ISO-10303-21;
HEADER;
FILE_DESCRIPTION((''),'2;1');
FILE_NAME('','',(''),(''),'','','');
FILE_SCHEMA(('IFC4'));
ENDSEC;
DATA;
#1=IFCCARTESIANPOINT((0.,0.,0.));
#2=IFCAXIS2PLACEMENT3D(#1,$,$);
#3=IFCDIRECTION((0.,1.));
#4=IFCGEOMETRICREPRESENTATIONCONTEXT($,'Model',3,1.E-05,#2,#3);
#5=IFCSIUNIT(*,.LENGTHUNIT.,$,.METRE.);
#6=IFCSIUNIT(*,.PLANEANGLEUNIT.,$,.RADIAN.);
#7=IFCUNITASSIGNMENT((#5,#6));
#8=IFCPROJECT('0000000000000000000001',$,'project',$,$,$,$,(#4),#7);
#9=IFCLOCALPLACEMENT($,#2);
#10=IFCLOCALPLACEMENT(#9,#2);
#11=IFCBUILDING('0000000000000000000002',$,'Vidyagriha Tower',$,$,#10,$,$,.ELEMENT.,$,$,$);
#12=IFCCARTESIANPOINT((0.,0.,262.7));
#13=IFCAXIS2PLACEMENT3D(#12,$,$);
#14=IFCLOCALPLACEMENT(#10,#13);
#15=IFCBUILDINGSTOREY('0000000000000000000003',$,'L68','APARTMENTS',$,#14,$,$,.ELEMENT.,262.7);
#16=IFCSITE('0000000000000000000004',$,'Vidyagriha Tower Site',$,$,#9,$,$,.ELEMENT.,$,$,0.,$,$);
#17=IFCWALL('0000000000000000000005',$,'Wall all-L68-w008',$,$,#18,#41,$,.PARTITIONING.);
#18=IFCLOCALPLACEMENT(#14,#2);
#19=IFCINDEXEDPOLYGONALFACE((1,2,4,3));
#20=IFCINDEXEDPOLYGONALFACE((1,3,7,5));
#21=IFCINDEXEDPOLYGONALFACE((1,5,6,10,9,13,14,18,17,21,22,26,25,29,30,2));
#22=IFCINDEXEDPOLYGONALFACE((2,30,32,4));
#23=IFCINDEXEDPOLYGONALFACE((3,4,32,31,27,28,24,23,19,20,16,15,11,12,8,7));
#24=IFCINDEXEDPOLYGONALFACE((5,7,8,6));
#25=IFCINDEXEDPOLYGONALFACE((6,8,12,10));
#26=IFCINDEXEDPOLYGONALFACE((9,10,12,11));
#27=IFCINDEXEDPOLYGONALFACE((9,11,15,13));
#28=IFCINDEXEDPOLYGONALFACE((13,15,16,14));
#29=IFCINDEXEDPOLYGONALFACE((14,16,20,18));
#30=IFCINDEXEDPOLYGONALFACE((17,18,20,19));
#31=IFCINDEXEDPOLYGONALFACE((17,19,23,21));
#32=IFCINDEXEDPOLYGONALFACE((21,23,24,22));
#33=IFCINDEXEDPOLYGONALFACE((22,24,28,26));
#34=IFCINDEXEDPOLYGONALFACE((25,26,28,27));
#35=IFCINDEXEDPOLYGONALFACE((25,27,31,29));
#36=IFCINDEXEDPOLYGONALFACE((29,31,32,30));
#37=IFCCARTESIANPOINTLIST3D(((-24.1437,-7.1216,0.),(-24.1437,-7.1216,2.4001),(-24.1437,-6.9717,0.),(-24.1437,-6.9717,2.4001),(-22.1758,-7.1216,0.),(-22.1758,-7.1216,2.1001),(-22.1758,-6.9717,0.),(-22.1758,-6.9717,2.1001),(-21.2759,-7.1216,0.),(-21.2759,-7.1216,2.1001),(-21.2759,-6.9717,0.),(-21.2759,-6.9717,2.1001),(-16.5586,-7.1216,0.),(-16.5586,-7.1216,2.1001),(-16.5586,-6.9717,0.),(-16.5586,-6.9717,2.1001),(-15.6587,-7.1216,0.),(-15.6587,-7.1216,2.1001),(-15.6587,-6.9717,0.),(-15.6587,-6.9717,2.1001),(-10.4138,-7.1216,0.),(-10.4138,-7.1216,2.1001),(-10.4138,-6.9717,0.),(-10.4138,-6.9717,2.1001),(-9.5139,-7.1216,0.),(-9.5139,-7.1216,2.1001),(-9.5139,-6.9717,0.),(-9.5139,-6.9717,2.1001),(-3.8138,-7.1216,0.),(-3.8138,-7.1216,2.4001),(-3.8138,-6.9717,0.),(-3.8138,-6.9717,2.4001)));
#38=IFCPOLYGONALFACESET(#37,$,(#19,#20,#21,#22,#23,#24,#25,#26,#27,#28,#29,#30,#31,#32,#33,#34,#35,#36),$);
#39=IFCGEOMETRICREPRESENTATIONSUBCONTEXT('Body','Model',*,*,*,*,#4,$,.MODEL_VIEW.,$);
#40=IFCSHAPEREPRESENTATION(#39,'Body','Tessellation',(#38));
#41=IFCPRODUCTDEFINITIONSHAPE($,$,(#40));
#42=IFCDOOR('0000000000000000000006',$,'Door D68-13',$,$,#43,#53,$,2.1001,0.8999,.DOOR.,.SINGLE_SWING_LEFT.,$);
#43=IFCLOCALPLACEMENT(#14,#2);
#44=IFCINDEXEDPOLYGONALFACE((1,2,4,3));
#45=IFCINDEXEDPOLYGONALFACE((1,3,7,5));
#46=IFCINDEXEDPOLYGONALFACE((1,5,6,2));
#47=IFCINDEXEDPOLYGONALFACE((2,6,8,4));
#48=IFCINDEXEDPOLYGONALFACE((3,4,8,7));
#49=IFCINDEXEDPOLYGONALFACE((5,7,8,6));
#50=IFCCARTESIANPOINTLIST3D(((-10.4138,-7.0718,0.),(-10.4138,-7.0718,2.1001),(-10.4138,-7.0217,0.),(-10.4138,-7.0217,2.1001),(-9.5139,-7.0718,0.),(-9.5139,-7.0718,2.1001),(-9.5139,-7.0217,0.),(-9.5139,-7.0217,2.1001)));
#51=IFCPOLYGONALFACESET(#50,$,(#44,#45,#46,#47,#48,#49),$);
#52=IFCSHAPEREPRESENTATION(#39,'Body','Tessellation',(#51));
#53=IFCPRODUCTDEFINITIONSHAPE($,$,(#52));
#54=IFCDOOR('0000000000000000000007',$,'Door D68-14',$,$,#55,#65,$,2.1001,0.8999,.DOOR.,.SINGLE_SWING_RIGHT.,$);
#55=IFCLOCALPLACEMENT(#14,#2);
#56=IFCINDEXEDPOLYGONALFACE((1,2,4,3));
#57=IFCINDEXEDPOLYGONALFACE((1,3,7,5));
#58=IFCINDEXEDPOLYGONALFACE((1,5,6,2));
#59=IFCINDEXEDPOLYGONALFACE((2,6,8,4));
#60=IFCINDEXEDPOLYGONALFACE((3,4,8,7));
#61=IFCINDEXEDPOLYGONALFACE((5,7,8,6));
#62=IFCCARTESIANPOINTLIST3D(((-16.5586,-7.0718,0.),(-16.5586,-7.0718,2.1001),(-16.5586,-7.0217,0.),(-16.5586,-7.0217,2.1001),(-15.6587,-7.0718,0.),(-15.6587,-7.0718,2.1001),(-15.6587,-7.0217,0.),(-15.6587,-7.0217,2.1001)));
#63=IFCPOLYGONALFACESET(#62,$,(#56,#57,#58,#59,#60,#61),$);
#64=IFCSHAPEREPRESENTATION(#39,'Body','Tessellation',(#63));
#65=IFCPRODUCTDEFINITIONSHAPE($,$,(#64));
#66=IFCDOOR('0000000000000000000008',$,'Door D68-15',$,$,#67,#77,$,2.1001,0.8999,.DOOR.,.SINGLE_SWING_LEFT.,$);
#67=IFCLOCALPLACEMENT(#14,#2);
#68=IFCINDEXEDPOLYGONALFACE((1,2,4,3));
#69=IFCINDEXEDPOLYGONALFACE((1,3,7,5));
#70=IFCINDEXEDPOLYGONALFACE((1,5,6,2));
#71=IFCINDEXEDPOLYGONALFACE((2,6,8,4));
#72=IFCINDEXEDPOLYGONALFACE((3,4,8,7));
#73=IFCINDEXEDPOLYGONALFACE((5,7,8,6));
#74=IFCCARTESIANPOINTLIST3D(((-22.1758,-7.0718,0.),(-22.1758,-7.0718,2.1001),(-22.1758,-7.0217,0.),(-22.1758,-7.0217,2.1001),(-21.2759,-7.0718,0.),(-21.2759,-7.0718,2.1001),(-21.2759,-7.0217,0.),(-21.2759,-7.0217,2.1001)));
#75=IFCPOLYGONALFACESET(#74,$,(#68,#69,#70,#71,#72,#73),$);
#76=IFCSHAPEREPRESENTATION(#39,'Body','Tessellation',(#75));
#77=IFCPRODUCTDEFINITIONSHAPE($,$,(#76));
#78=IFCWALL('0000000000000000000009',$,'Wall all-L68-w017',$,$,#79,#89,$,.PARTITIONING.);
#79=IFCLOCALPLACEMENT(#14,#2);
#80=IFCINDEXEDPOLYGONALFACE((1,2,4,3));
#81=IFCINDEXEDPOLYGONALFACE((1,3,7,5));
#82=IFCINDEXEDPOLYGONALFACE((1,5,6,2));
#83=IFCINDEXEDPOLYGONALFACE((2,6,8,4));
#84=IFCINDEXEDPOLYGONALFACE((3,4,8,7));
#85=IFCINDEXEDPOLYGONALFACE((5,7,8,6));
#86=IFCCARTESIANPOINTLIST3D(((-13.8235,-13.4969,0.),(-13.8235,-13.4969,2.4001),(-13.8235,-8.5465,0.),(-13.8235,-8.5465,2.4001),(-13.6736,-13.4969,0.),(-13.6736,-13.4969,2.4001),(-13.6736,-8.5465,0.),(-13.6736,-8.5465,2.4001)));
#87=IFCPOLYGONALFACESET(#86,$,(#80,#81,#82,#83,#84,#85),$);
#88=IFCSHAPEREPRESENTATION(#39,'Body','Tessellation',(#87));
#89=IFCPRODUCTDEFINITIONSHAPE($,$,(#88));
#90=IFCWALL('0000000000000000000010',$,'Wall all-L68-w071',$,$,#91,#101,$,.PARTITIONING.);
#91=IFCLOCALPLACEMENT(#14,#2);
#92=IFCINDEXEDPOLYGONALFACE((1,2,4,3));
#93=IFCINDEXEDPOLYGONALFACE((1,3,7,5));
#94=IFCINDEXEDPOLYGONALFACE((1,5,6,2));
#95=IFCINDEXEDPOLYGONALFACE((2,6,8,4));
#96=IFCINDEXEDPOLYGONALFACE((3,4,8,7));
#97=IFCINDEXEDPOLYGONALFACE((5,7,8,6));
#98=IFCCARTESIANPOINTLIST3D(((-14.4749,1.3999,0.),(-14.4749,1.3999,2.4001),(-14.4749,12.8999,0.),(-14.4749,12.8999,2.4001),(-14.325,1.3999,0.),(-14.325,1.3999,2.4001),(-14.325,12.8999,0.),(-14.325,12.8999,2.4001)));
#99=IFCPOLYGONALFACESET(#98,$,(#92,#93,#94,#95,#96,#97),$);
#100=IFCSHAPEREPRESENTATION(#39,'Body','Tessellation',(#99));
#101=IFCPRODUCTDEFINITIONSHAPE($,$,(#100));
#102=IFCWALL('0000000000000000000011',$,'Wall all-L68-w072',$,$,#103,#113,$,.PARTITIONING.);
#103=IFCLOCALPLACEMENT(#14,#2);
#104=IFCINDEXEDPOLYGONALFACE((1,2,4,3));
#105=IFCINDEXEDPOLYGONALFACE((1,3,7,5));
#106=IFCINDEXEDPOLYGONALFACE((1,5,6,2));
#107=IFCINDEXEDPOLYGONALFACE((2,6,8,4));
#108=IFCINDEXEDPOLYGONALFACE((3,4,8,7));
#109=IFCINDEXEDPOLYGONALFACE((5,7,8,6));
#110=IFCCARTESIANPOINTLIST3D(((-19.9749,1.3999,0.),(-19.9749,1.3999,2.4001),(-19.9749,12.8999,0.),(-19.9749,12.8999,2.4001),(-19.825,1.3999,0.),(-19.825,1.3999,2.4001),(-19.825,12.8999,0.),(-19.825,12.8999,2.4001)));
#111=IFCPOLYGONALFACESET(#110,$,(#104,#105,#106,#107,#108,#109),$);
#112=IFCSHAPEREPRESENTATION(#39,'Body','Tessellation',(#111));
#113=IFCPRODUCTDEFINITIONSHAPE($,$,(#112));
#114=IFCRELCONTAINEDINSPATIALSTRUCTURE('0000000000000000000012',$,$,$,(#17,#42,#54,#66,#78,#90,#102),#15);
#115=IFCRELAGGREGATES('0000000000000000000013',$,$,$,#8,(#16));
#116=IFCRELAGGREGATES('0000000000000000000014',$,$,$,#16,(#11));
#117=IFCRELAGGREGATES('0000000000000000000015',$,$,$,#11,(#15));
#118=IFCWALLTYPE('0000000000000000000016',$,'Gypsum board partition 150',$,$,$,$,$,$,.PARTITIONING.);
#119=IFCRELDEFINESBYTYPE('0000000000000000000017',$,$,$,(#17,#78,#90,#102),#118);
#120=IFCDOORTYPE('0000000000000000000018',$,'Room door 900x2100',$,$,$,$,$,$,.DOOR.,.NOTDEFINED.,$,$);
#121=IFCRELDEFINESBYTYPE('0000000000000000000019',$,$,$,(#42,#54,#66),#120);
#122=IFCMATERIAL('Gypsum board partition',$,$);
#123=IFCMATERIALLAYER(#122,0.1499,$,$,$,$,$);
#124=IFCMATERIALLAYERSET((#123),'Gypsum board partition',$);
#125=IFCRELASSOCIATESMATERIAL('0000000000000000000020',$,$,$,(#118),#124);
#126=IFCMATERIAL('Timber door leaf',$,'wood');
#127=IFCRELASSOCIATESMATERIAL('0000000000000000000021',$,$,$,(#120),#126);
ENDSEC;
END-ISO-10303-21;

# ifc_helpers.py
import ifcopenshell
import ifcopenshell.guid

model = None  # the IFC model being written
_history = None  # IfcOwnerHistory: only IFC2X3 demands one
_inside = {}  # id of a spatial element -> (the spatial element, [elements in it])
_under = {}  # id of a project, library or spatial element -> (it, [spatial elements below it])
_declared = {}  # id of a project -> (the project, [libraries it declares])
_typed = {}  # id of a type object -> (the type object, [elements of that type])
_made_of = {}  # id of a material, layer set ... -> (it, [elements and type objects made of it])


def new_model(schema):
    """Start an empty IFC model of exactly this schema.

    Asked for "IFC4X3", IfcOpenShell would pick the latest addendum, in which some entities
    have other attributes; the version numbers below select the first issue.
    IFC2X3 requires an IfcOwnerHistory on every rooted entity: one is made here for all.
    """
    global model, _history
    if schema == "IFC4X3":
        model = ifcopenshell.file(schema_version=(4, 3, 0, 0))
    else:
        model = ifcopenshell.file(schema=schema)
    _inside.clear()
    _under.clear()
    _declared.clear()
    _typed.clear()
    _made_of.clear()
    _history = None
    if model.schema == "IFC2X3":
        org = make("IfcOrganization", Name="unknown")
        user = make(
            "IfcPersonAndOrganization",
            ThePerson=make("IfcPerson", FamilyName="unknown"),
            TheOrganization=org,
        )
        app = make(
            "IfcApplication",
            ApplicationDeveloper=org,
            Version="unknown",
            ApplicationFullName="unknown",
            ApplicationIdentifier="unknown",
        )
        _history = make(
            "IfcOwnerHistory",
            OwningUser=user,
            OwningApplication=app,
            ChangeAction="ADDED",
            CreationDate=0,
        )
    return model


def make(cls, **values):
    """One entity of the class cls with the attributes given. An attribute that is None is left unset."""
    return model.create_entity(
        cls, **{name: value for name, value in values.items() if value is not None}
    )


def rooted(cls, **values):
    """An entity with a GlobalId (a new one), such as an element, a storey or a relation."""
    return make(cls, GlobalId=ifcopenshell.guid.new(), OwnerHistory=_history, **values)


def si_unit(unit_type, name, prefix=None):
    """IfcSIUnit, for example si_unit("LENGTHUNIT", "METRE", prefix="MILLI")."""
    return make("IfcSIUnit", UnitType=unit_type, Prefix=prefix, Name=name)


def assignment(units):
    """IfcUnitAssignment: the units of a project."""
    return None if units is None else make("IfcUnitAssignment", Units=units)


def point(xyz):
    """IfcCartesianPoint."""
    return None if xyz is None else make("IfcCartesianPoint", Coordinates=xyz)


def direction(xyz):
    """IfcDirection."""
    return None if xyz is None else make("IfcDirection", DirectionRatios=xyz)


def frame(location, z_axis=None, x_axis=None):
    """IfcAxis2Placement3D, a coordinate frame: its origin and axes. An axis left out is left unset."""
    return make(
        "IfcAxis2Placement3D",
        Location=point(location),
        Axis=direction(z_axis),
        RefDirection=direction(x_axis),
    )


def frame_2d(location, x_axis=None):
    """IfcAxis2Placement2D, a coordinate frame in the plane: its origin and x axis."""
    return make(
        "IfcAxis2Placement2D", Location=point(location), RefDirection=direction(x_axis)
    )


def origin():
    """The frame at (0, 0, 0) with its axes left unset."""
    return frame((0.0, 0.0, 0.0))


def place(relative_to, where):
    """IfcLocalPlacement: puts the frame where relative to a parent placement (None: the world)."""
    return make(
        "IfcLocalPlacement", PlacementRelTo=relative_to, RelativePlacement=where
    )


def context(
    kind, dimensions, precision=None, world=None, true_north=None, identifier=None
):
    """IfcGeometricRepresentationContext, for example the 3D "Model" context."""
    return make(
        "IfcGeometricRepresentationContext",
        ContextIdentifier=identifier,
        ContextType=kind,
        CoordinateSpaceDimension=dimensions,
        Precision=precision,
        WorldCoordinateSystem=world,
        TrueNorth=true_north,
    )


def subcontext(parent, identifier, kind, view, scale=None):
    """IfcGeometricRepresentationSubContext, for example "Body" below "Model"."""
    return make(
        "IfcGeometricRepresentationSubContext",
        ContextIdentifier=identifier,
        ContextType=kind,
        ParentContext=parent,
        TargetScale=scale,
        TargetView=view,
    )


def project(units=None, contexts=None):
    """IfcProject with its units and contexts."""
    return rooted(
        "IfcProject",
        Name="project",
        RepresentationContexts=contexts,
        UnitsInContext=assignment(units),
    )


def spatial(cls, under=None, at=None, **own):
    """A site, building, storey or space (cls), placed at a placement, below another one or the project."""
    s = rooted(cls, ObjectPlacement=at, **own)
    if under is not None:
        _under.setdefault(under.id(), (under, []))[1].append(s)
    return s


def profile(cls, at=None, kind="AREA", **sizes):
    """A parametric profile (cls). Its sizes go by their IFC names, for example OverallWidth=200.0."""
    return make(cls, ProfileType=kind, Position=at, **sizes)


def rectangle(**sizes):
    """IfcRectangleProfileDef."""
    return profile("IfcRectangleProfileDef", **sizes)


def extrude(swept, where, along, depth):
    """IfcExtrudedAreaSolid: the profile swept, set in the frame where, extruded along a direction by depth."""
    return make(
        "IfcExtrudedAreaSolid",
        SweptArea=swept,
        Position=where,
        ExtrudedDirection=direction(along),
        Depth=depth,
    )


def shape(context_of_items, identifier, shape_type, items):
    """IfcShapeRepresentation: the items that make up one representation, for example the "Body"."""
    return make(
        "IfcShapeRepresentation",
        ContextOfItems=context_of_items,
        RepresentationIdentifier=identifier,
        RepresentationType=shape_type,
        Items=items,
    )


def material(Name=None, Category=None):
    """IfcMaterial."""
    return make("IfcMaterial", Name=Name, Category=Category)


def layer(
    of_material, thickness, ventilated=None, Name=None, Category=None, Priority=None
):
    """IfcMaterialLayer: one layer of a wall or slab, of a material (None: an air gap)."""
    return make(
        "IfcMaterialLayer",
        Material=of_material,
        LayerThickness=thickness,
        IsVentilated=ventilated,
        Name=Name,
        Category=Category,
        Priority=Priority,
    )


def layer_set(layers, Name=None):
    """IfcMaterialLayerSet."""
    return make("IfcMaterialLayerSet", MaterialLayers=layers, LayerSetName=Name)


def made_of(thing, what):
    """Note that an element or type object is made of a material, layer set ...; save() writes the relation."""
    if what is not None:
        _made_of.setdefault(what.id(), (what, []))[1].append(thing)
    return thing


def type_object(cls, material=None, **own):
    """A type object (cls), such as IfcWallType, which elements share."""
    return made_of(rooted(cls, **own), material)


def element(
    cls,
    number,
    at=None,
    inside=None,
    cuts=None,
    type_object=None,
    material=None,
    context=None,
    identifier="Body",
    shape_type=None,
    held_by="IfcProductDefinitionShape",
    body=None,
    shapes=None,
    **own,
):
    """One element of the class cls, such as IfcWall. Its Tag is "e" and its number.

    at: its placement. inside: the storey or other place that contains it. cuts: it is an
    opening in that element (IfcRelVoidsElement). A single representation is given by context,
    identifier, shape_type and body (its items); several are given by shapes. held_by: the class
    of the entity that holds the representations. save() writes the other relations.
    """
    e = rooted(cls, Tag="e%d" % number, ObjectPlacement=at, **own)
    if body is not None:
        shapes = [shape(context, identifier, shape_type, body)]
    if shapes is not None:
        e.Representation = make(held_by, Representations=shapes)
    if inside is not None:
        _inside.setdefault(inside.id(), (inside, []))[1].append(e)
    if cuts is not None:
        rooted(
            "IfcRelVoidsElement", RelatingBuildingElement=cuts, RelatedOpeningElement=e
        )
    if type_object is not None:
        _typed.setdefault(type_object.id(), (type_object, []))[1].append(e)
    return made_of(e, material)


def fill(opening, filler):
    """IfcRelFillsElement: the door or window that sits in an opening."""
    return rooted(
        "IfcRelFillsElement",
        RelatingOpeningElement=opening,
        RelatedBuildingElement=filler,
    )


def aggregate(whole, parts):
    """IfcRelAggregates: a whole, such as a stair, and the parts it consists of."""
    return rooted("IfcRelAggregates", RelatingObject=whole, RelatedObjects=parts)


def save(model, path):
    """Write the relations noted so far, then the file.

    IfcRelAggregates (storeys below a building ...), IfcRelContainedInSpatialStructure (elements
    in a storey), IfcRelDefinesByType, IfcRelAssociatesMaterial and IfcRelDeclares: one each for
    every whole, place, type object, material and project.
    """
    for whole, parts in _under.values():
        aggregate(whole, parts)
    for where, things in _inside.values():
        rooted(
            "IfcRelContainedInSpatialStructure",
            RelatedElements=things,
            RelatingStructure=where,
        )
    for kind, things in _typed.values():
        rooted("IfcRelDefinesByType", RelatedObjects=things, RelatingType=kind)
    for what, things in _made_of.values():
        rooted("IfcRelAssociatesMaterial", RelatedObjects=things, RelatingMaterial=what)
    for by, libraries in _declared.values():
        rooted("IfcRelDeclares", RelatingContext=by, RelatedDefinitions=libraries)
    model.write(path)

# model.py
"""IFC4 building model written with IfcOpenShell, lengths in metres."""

from ifc_helpers import new_model, si_unit, direction, frame, frame_2d, origin, place, context, subcontext, project, spatial, rectangle, extrude, material, layer, layer_set, type_object, element, fill, save


model = new_model("IFC4")

# Units and contexts
model_context = context("Model", 3, precision=1e-05, world=origin(), true_north=direction((0.0, 1.0)))
body_context = subcontext(model_context, "Body", "Model", "MODEL_VIEW")
ifc_project = project(units=[si_unit("LENGTHUNIT", "METRE"), si_unit("PLANEANGLEUNIT", "RADIAN")], contexts=[model_context])

# Site, building, storey
site_placement = place(None, origin())
site = spatial("IfcSite", under=ifc_project, at=site_placement, Name="Vidyagriha Tower Site", CompositionType="ELEMENT", RefElevation=0.0)
building_placement = place(site_placement, origin())
building = spatial("IfcBuilding", under=site, at=building_placement, Name="Vidyagriha Tower", CompositionType="ELEMENT")
storey_placement = place(building_placement, frame((0.0, 0.0, 262.7)))
storey = spatial("IfcBuildingStorey", under=building, at=storey_placement, Name="L68", Description="APARTMENTS", CompositionType="ELEMENT", Elevation=262.7)

# Shared definitions
ifc_material_1 = material(Name="Gypsum board partition")
ifc_layer_1 = layer(ifc_material_1, 0.1499)
ifc_layer_set_1 = layer_set([ifc_layer_1], Name="Gypsum board partition")
wall_type_1 = type_object("IfcWallType", Name="Gypsum board partition 150", PredefinedType="PARTITIONING", material=ifc_layer_set_1)

# Wall, openings, doors
wall_1_placement = place(storey_placement, frame((-24.1438, -7.0466, 0.0)))
wall_1 = element("IfcWall", 1, at=wall_1_placement, inside=storey, type_object=wall_type_1, Name="Wall all-L68-w008", PredefinedType="PARTITIONING", context=body_context, shape_type="SweptSolid", body=[
    extrude(rectangle(XDim=20.3298, YDim=0.1499, at=frame_2d((10.165, 0.0))), origin(), (0.0, 0.0, 1.0), 2.4001),
])
opening_1_placement = place(wall_1_placement, frame((13.73, 0.0, 0.0)))
opening_1 = element("IfcOpeningElement", 2, at=opening_1_placement, cuts=wall_1, PredefinedType="OPENING", context=body_context, shape_type="SweptSolid", body=[
    extrude(rectangle(XDim=0.8999, YDim=2.1001, at=frame_2d((0.45, 1.05))), frame((0.0, 0.085, 0.0), z_axis=(0.0, -1.0, 0.0), x_axis=(1.0, 0.0, 0.0)), (0.0, 0.0, 1.0), 0.1699),
])
opening_2_placement = place(wall_1_placement, frame((7.5852, 0.0, 0.0)))
opening_2 = element("IfcOpeningElement", 3, at=opening_2_placement, cuts=wall_1, PredefinedType="OPENING", context=body_context, shape_type="SweptSolid", body=[
    extrude(rectangle(XDim=0.8999, YDim=2.1001, at=frame_2d((0.45, 1.05))), frame((0.0, 0.085, 0.0), z_axis=(0.0, -1.0, 0.0), x_axis=(1.0, 0.0, 0.0)), (0.0, 0.0, 1.0), 0.1699),
])
opening_3_placement = place(wall_1_placement, frame((1.968, 0.0, 0.0)))
opening_3 = element("IfcOpeningElement", 4, at=opening_3_placement, cuts=wall_1, PredefinedType="OPENING", context=body_context, shape_type="SweptSolid", body=[
    extrude(rectangle(XDim=0.8999, YDim=2.1001, at=frame_2d((0.45, 1.05))), frame((0.0, 0.085, 0.0), z_axis=(0.0, -1.0, 0.0), x_axis=(1.0, 0.0, 0.0)), (0.0, 0.0, 1.0), 0.1699),
])
ifc_material_2 = material(Name="Timber door leaf", Category="wood")
door_type_1 = type_object("IfcDoorType", Name="Room door 900x2100", OperationType="NOTDEFINED", PredefinedType="DOOR", material=ifc_material_2)
door_1_placement = place(opening_1_placement, origin())
door_1 = element("IfcDoor", 5, at=door_1_placement, inside=storey, type_object=door_type_1, Name="Door D68-13", OperationType="SINGLE_SWING_LEFT", OverallHeight=2.1001, OverallWidth=0.8999, PredefinedType="DOOR", context=body_context, shape_type="SweptSolid", body=[
    extrude(rectangle(XDim=0.8999, YDim=2.1001, at=frame_2d((0.45, 1.05))), frame((0.0, 0.0249, 0.0), z_axis=(0.0, -1.0, 0.0), x_axis=(1.0, 0.0, 0.0)), (0.0, 0.0, 1.0), 0.05),
])
fill(opening_1, door_1)
door_2_placement = place(opening_2_placement, origin())
door_2 = element("IfcDoor", 6, at=door_2_placement, inside=storey, type_object=door_type_1, Name="Door D68-14", OperationType="SINGLE_SWING_RIGHT", OverallHeight=2.1001, OverallWidth=0.8999, PredefinedType="DOOR", context=body_context, shape_type="SweptSolid", body=[
    extrude(rectangle(XDim=0.8999, YDim=2.1001, at=frame_2d((0.45, 1.05))), frame((0.0, 0.0249, 0.0), z_axis=(0.0, -1.0, 0.0), x_axis=(1.0, 0.0, 0.0)), (0.0, 0.0, 1.0), 0.05),
])
fill(opening_2, door_2)
door_3_placement = place(opening_3_placement, origin())
door_3 = element("IfcDoor", 7, at=door_3_placement, inside=storey, type_object=door_type_1, Name="Door D68-15", OperationType="SINGLE_SWING_LEFT", OverallHeight=2.1001, OverallWidth=0.8999, PredefinedType="DOOR", context=body_context, shape_type="SweptSolid", body=[
    extrude(rectangle(XDim=0.8999, YDim=2.1001, at=frame_2d((0.45, 1.05))), frame((0.0, 0.0249, 0.0), z_axis=(0.0, -1.0, 0.0), x_axis=(1.0, 0.0, 0.0)), (0.0, 0.0, 1.0), 0.05),
])
fill(opening_3, door_3)

# Walls
wall_2_placement = place(storey_placement, frame((-13.7485, -8.5466, 0.0), z_axis=(0.0, 0.0, 1.0), x_axis=(0.0, -1.0, 0.0)))
element("IfcWall", 8, at=wall_2_placement, inside=storey, type_object=wall_type_1, Name="Wall all-L68-w017", PredefinedType="PARTITIONING", context=body_context, shape_type="SweptSolid", body=[
    extrude(rectangle(XDim=4.9504, YDim=0.1499, at=frame_2d((2.4751, 0.0))), origin(), (0.0, 0.0, 1.0), 2.4001),
])
for number, where, z_axis, x_axis, name in (
    (9, (-14.3999, 1.3999, 0.0), (0.0, 0.0, 1.0), (0.0, 1.0, 0.0), "Wall all-L68-w071"),
    (10, (-19.8999, 1.3999, 0.0), (0.0, 0.0, 1.0), (0.0, 1.0, 0.0), "Wall all-L68-w072"),
):
    element("IfcWall", number, at=place(storey_placement, frame(where, z_axis=z_axis, x_axis=x_axis)), inside=storey, type_object=wall_type_1, Name=name, PredefinedType="PARTITIONING", context=body_context, shape_type="SweptSolid", body=[
        extrude(rectangle(XDim=11.5, YDim=0.1499, at=frame_2d((5.75, 0.0))), origin(), (0.0, 0.0, 1.0), 2.4001),
    ])

save(model, "model.ifc")
